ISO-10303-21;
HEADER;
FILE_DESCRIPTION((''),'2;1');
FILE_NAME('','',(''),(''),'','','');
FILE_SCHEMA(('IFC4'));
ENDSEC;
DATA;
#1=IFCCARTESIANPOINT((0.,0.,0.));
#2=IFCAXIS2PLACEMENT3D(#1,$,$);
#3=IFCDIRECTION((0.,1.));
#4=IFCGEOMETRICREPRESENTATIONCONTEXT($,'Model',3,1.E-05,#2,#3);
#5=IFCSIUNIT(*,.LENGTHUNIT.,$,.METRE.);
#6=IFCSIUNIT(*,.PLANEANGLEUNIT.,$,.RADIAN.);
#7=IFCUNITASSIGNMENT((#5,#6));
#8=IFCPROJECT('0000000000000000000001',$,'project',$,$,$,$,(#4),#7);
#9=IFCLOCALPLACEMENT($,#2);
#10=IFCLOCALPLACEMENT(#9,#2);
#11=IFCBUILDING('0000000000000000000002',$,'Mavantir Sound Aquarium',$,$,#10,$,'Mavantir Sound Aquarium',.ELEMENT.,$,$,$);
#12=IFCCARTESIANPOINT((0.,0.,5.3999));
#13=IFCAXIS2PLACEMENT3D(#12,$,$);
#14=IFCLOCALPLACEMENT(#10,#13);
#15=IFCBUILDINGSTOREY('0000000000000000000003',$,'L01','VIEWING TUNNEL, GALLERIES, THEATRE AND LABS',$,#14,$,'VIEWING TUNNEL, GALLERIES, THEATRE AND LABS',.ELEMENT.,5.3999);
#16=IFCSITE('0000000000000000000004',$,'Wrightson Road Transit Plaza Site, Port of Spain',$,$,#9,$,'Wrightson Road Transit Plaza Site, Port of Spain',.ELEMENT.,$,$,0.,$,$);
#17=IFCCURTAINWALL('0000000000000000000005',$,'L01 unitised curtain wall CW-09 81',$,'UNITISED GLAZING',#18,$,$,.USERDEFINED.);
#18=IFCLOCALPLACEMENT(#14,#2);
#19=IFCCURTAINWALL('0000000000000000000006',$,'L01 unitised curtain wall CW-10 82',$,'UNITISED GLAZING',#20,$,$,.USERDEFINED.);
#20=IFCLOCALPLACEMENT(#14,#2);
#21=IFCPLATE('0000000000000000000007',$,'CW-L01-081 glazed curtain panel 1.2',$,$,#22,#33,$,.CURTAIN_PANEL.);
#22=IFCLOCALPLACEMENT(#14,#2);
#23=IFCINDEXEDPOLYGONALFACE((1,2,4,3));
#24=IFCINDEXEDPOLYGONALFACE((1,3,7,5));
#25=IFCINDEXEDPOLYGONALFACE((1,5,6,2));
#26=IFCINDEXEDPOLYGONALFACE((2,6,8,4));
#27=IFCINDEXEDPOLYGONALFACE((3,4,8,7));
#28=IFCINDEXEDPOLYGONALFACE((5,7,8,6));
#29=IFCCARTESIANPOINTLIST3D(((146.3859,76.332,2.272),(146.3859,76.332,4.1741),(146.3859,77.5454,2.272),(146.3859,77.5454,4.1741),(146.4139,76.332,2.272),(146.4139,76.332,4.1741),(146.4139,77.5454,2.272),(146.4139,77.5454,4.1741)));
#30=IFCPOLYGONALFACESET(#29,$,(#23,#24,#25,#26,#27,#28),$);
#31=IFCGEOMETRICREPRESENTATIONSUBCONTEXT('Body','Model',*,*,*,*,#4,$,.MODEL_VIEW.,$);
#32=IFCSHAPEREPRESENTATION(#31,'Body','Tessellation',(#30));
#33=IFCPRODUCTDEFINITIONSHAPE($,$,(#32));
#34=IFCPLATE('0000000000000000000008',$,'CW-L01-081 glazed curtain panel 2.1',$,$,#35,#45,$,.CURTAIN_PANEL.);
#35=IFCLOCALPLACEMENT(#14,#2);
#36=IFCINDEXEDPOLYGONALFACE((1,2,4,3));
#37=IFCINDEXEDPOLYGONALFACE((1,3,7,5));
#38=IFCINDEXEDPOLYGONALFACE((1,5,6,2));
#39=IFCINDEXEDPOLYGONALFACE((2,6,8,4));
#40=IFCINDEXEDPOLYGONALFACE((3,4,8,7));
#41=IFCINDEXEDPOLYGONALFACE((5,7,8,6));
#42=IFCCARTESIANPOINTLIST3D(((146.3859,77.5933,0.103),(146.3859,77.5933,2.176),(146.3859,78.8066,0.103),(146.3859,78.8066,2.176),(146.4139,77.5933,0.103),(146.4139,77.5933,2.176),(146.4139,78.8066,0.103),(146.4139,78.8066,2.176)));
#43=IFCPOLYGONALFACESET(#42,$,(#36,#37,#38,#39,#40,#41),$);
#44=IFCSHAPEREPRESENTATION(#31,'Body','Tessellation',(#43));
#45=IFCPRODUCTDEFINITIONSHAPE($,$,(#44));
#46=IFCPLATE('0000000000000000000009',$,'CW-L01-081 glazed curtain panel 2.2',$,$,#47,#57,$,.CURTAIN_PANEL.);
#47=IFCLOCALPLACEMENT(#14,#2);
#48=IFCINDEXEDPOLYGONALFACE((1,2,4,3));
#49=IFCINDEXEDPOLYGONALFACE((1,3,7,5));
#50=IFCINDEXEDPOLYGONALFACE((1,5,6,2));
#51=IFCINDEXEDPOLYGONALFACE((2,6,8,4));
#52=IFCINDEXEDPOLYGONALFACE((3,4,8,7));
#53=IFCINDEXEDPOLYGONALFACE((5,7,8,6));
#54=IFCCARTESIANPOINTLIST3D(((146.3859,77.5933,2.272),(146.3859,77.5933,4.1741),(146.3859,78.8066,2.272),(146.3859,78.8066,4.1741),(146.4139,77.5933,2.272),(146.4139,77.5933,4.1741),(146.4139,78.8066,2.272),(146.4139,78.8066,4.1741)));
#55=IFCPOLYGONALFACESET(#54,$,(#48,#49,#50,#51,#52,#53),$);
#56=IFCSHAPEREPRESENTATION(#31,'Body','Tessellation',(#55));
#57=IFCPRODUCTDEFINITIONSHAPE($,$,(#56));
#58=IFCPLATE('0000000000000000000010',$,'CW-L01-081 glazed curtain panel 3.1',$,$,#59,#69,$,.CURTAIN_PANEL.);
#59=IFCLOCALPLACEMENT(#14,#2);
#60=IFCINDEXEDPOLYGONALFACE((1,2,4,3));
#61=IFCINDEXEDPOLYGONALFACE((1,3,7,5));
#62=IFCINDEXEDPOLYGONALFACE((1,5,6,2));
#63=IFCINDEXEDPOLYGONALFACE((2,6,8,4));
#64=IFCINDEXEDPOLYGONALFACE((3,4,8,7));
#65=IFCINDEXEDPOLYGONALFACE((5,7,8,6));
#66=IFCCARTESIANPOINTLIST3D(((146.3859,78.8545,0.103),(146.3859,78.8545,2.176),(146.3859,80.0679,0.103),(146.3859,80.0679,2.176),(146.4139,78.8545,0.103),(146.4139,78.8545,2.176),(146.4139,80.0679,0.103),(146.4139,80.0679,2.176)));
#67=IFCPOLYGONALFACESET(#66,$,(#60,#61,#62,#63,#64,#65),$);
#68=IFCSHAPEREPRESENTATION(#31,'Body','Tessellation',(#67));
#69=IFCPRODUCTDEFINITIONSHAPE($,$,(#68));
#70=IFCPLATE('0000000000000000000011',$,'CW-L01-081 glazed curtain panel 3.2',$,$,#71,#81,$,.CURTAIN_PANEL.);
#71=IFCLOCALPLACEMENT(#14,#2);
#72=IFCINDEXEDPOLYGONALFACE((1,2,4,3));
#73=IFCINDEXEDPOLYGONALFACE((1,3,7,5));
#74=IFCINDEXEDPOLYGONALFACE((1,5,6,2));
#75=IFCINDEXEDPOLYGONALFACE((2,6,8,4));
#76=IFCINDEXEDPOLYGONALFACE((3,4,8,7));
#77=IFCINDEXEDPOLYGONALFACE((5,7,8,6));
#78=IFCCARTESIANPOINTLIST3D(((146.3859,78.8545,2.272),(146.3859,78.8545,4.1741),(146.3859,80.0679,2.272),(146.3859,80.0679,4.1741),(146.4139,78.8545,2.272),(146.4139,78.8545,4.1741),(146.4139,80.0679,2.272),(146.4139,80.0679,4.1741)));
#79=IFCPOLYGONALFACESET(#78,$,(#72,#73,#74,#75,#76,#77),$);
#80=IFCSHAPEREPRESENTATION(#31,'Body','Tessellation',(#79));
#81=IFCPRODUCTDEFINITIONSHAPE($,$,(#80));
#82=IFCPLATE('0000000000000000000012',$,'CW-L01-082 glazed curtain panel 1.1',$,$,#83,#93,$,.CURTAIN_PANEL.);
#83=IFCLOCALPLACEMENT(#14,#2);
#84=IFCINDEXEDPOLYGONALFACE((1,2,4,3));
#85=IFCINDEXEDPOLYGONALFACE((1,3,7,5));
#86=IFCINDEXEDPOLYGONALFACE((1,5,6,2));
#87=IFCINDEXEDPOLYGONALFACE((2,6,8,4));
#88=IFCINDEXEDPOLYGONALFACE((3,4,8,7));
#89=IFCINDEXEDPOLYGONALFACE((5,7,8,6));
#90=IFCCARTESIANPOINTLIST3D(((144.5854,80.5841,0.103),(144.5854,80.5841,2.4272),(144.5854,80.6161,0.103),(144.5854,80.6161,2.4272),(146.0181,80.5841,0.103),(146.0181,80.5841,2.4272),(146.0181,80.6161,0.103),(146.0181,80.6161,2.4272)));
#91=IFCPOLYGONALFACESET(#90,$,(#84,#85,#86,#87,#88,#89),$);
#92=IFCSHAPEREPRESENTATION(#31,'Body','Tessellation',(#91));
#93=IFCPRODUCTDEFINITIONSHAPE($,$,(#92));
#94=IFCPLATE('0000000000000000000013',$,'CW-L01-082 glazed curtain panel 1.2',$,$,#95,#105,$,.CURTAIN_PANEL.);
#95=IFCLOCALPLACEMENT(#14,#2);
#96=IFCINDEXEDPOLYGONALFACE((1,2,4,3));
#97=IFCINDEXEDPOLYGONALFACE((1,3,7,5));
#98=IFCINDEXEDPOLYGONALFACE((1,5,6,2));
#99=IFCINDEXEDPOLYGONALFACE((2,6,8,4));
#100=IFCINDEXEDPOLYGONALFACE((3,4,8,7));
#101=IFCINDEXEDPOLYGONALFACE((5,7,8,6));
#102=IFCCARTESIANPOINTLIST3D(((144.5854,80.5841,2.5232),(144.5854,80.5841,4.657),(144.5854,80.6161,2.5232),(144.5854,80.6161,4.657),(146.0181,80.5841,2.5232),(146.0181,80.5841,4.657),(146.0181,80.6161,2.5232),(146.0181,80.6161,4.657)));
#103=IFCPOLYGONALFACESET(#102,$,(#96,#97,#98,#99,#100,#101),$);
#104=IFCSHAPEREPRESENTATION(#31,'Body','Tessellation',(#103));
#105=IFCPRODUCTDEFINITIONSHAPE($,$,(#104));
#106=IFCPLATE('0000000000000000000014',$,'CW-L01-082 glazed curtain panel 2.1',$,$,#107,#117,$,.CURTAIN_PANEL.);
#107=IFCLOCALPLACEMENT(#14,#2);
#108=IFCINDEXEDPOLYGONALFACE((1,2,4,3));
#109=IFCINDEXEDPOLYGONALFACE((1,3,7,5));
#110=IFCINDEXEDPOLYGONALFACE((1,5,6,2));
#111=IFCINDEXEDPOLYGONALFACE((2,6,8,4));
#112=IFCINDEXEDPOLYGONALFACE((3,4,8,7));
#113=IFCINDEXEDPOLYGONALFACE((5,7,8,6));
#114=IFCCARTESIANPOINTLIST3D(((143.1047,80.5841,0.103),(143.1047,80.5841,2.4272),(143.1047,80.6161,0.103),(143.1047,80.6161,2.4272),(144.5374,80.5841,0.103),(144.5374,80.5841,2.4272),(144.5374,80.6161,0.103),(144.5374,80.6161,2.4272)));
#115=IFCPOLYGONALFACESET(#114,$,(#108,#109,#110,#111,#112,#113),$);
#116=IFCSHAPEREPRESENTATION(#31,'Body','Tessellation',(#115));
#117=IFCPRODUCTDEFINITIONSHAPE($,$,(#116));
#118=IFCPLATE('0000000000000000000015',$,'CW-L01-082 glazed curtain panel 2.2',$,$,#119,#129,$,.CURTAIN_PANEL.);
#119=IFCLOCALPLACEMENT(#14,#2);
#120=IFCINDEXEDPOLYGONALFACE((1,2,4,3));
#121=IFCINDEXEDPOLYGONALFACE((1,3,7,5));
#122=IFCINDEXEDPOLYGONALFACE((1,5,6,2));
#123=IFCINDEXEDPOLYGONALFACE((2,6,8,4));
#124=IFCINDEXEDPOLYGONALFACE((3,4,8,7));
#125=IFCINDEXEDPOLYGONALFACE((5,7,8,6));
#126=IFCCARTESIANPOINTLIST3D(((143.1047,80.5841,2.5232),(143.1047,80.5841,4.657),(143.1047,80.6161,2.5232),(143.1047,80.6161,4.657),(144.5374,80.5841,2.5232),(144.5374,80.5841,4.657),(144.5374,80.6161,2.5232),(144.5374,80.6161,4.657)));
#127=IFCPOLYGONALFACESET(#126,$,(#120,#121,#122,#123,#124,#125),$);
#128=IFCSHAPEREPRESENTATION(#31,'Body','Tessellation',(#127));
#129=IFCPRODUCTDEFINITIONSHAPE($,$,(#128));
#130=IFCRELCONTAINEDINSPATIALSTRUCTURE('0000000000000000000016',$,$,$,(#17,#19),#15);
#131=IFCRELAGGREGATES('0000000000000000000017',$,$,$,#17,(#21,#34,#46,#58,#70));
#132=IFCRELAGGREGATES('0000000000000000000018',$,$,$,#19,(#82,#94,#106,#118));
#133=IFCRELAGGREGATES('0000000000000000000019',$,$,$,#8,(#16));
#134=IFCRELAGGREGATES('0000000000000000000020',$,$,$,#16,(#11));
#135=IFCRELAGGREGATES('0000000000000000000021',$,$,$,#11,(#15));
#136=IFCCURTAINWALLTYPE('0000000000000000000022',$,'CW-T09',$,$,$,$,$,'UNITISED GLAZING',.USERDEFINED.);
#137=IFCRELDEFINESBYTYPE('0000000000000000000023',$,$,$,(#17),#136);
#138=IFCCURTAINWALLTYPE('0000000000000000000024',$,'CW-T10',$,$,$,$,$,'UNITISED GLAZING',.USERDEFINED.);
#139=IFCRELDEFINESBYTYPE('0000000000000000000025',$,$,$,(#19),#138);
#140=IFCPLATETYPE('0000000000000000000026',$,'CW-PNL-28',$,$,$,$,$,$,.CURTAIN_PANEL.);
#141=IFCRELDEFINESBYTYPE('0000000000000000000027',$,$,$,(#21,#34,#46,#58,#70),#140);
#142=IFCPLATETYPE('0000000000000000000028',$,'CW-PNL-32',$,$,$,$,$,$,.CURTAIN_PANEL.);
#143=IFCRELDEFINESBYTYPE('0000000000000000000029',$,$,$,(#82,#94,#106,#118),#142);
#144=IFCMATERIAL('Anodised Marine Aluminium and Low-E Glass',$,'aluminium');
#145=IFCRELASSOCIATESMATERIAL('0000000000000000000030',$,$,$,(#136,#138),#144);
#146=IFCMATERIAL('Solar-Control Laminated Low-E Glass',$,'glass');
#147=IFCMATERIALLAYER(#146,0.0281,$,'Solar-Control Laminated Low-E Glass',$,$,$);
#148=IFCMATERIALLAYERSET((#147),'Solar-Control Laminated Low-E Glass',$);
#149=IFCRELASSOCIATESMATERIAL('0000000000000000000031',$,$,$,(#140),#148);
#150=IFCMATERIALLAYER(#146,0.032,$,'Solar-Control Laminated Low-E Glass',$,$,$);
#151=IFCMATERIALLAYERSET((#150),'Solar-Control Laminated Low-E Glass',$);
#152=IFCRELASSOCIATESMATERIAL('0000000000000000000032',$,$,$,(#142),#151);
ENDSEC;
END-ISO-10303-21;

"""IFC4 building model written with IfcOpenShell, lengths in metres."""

from ifc_helpers import new_model, si_unit, direction, frame, origin, origin_2d, place, context, subcontext, project, spatial, rectangle, extrude, material, layer, layer_set, type_object, element, aggregate, save


model = new_model("IFC4")

# Units and contexts
model_context = context("Model", 3, precision=1e-05, world=origin(), true_north=direction((0.0, 1.0)))
body_context = subcontext(model_context, "Body", "Model", "MODEL_VIEW")
ifc_project = project(units=[si_unit("LENGTHUNIT", "METRE"), si_unit("PLANEANGLEUNIT", "RADIAN")], contexts=[model_context])

# Site, building, storey
site_placement = place(None, origin())
site = spatial("IfcSite", under=ifc_project, at=site_placement, Name="Wrightson Road Transit Plaza Site, Port of Spain", LongName="Wrightson Road Transit Plaza Site, Port of Spain", CompositionType="ELEMENT", RefElevation=0.0)
building_placement = place(site_placement, origin())
building = spatial("IfcBuilding", under=site, at=building_placement, Name="Mavantir Sound Aquarium", LongName="Mavantir Sound Aquarium", CompositionType="ELEMENT")
storey_placement = place(building_placement, frame((0.0, 0.0, 5.3999)))
storey = spatial("IfcBuildingStorey", under=building, at=storey_placement, Name="L01", Description="VIEWING TUNNEL, GALLERIES, THEATRE AND LABS", LongName="VIEWING TUNNEL, GALLERIES, THEATRE AND LABS", CompositionType="ELEMENT", Elevation=5.3999)

# Curtain walls
ifc_material_1 = material(Name="Anodised Marine Aluminium and Low-E Glass", Category="aluminium")
curtain_wall_type_1 = type_object("IfcCurtainWallType", Name="CW-T09", ElementType="UNITISED GLAZING", PredefinedType="USERDEFINED", material=ifc_material_1)
curtain_wall_1_placement = place(storey_placement, origin())
curtain_wall_1 = element("IfcCurtainWall", 1, at=curtain_wall_1_placement, inside=storey, type_object=curtain_wall_type_1, Name="L01 unitised curtain wall CW-09 81", ObjectType="UNITISED GLAZING", PredefinedType="USERDEFINED")
curtain_wall_type_2 = type_object("IfcCurtainWallType", Name="CW-T10", ElementType="UNITISED GLAZING", PredefinedType="USERDEFINED", material=ifc_material_1)
curtain_wall_2_placement = place(storey_placement, origin())
curtain_wall_2 = element("IfcCurtainWall", 2, at=curtain_wall_2_placement, inside=storey, type_object=curtain_wall_type_2, Name="L01 unitised curtain wall CW-10 82", ObjectType="UNITISED GLAZING", PredefinedType="USERDEFINED")

# Plates
ifc_material_2 = material(Name="Solar-Control Laminated Low-E Glass", Category="glass")
ifc_layer_1 = layer(ifc_material_2, 0.0281, Name="Solar-Control Laminated Low-E Glass")
ifc_layer_set_1 = layer_set([ifc_layer_1], Name="Solar-Control Laminated Low-E Glass")
plate_type_1 = type_object("IfcPlateType", Name="CW-PNL-28", PredefinedType="CURTAIN_PANEL", material=ifc_layer_set_1)
plate_1_placement = place(storey_placement, frame((146.3999, 76.9387, 2.272), z_axis=(0.0, 0.0, 1.0), x_axis=(0.0, 1.0, 0.0)))
plate_1 = element("IfcPlate", 3, at=plate_1_placement, type_object=plate_type_1, Name="CW-L01-081 glazed curtain panel 1.2", PredefinedType="CURTAIN_PANEL", context=body_context, shape_type="SweptSolid", body=[
    extrude(rectangle(XDim=1.2134, YDim=0.0281, at=origin_2d()), origin(), (0.0, 0.0, 1.0), 1.9021),
])
plate_2_placement = place(storey_placement, frame((146.3999, 78.2, 0.103), z_axis=(0.0, 0.0, 1.0), x_axis=(0.0, 1.0, 0.0)))
plate_2 = element("IfcPlate", 4, at=plate_2_placement, type_object=plate_type_1, Name="CW-L01-081 glazed curtain panel 2.1", PredefinedType="CURTAIN_PANEL", context=body_context, shape_type="SweptSolid", body=[
    extrude(rectangle(XDim=1.2134, YDim=0.0281, at=origin_2d()), origin(), (0.0, 0.0, 1.0), 2.073),
])
plate_3_placement = place(storey_placement, frame((146.3999, 78.2, 2.272), z_axis=(0.0, 0.0, 1.0), x_axis=(0.0, 1.0, 0.0)))
plate_3 = element("IfcPlate", 5, at=plate_3_placement, type_object=plate_type_1, Name="CW-L01-081 glazed curtain panel 2.2", PredefinedType="CURTAIN_PANEL", context=body_context, shape_type="SweptSolid", body=[
    extrude(rectangle(XDim=1.2134, YDim=0.0281, at=origin_2d()), origin(), (0.0, 0.0, 1.0), 1.9021),
])
plate_4_placement = place(storey_placement, frame((146.3999, 79.4612, 0.103), z_axis=(0.0, 0.0, 1.0), x_axis=(0.0, 1.0, 0.0)))
plate_4 = element("IfcPlate", 6, at=plate_4_placement, type_object=plate_type_1, Name="CW-L01-081 glazed curtain panel 3.1", PredefinedType="CURTAIN_PANEL", context=body_context, shape_type="SweptSolid", body=[
    extrude(rectangle(XDim=1.2134, YDim=0.0281, at=origin_2d()), origin(), (0.0, 0.0, 1.0), 2.073),
])
plate_5_placement = place(storey_placement, frame((146.3999, 79.4612, 2.272), z_axis=(0.0, 0.0, 1.0), x_axis=(0.0, 1.0, 0.0)))
plate_5 = element("IfcPlate", 7, at=plate_5_placement, type_object=plate_type_1, Name="CW-L01-081 glazed curtain panel 3.2", PredefinedType="CURTAIN_PANEL", context=body_context, shape_type="SweptSolid", body=[
    extrude(rectangle(XDim=1.2134, YDim=0.0281, at=origin_2d()), origin(), (0.0, 0.0, 1.0), 1.9021),
])
aggregate(curtain_wall_1, [plate_1, plate_2, plate_3, plate_4, plate_5])
ifc_layer_2 = layer(ifc_material_2, 0.032, Name="Solar-Control Laminated Low-E Glass")
ifc_layer_set_2 = layer_set([ifc_layer_2], Name="Solar-Control Laminated Low-E Glass")
plate_type_2 = type_object("IfcPlateType", Name="CW-PNL-32", PredefinedType="CURTAIN_PANEL", material=ifc_layer_set_2)
plate_6_placement = place(storey_placement, frame((145.3018, 80.6001, 0.103), z_axis=(0.0, 0.0, 1.0), x_axis=(-1.0, 0.0, 0.0)))
plate_6 = element("IfcPlate", 8, at=plate_6_placement, type_object=plate_type_2, Name="CW-L01-082 glazed curtain panel 1.1", PredefinedType="CURTAIN_PANEL", context=body_context, shape_type="SweptSolid", body=[
    extrude(rectangle(XDim=1.4326, YDim=0.032, at=origin_2d()), origin(), (0.0, 0.0, 1.0), 2.3242),
])
plate_7_placement = place(storey_placement, frame((145.3018, 80.6001, 2.5232), z_axis=(0.0, 0.0, 1.0), x_axis=(-1.0, 0.0, 0.0)))
plate_7 = element("IfcPlate", 9, at=plate_7_placement, type_object=plate_type_2, Name="CW-L01-082 glazed curtain panel 1.2", PredefinedType="CURTAIN_PANEL", context=body_context, shape_type="SweptSolid", body=[
    extrude(rectangle(XDim=1.4326, YDim=0.032, at=origin_2d()), origin(), (0.0, 0.0, 1.0), 2.1338),
])
plate_8_placement = place(storey_placement, frame((143.821, 80.6001, 0.103), z_axis=(0.0, 0.0, 1.0), x_axis=(-1.0, 0.0, 0.0)))
plate_8 = element("IfcPlate", 10, at=plate_8_placement, type_object=plate_type_2, Name="CW-L01-082 glazed curtain panel 2.1", PredefinedType="CURTAIN_PANEL", context=body_context, shape_type="SweptSolid", body=[
    extrude(rectangle(XDim=1.4326, YDim=0.032, at=origin_2d()), origin(), (0.0, 0.0, 1.0), 2.3242),
])
plate_9_placement = place(storey_placement, frame((143.821, 80.6001, 2.5232), z_axis=(0.0, 0.0, 1.0), x_axis=(-1.0, 0.0, 0.0)))
plate_9 = element("IfcPlate", 11, at=plate_9_placement, type_object=plate_type_2, Name="CW-L01-082 glazed curtain panel 2.2", PredefinedType="CURTAIN_PANEL", context=body_context, shape_type="SweptSolid", body=[
    extrude(rectangle(XDim=1.4326, YDim=0.032, at=origin_2d()), origin(), (0.0, 0.0, 1.0), 2.1338),
])
aggregate(curtain_wall_2, [plate_6, plate_7, plate_8, plate_9])

save(model, "model.ifc")
